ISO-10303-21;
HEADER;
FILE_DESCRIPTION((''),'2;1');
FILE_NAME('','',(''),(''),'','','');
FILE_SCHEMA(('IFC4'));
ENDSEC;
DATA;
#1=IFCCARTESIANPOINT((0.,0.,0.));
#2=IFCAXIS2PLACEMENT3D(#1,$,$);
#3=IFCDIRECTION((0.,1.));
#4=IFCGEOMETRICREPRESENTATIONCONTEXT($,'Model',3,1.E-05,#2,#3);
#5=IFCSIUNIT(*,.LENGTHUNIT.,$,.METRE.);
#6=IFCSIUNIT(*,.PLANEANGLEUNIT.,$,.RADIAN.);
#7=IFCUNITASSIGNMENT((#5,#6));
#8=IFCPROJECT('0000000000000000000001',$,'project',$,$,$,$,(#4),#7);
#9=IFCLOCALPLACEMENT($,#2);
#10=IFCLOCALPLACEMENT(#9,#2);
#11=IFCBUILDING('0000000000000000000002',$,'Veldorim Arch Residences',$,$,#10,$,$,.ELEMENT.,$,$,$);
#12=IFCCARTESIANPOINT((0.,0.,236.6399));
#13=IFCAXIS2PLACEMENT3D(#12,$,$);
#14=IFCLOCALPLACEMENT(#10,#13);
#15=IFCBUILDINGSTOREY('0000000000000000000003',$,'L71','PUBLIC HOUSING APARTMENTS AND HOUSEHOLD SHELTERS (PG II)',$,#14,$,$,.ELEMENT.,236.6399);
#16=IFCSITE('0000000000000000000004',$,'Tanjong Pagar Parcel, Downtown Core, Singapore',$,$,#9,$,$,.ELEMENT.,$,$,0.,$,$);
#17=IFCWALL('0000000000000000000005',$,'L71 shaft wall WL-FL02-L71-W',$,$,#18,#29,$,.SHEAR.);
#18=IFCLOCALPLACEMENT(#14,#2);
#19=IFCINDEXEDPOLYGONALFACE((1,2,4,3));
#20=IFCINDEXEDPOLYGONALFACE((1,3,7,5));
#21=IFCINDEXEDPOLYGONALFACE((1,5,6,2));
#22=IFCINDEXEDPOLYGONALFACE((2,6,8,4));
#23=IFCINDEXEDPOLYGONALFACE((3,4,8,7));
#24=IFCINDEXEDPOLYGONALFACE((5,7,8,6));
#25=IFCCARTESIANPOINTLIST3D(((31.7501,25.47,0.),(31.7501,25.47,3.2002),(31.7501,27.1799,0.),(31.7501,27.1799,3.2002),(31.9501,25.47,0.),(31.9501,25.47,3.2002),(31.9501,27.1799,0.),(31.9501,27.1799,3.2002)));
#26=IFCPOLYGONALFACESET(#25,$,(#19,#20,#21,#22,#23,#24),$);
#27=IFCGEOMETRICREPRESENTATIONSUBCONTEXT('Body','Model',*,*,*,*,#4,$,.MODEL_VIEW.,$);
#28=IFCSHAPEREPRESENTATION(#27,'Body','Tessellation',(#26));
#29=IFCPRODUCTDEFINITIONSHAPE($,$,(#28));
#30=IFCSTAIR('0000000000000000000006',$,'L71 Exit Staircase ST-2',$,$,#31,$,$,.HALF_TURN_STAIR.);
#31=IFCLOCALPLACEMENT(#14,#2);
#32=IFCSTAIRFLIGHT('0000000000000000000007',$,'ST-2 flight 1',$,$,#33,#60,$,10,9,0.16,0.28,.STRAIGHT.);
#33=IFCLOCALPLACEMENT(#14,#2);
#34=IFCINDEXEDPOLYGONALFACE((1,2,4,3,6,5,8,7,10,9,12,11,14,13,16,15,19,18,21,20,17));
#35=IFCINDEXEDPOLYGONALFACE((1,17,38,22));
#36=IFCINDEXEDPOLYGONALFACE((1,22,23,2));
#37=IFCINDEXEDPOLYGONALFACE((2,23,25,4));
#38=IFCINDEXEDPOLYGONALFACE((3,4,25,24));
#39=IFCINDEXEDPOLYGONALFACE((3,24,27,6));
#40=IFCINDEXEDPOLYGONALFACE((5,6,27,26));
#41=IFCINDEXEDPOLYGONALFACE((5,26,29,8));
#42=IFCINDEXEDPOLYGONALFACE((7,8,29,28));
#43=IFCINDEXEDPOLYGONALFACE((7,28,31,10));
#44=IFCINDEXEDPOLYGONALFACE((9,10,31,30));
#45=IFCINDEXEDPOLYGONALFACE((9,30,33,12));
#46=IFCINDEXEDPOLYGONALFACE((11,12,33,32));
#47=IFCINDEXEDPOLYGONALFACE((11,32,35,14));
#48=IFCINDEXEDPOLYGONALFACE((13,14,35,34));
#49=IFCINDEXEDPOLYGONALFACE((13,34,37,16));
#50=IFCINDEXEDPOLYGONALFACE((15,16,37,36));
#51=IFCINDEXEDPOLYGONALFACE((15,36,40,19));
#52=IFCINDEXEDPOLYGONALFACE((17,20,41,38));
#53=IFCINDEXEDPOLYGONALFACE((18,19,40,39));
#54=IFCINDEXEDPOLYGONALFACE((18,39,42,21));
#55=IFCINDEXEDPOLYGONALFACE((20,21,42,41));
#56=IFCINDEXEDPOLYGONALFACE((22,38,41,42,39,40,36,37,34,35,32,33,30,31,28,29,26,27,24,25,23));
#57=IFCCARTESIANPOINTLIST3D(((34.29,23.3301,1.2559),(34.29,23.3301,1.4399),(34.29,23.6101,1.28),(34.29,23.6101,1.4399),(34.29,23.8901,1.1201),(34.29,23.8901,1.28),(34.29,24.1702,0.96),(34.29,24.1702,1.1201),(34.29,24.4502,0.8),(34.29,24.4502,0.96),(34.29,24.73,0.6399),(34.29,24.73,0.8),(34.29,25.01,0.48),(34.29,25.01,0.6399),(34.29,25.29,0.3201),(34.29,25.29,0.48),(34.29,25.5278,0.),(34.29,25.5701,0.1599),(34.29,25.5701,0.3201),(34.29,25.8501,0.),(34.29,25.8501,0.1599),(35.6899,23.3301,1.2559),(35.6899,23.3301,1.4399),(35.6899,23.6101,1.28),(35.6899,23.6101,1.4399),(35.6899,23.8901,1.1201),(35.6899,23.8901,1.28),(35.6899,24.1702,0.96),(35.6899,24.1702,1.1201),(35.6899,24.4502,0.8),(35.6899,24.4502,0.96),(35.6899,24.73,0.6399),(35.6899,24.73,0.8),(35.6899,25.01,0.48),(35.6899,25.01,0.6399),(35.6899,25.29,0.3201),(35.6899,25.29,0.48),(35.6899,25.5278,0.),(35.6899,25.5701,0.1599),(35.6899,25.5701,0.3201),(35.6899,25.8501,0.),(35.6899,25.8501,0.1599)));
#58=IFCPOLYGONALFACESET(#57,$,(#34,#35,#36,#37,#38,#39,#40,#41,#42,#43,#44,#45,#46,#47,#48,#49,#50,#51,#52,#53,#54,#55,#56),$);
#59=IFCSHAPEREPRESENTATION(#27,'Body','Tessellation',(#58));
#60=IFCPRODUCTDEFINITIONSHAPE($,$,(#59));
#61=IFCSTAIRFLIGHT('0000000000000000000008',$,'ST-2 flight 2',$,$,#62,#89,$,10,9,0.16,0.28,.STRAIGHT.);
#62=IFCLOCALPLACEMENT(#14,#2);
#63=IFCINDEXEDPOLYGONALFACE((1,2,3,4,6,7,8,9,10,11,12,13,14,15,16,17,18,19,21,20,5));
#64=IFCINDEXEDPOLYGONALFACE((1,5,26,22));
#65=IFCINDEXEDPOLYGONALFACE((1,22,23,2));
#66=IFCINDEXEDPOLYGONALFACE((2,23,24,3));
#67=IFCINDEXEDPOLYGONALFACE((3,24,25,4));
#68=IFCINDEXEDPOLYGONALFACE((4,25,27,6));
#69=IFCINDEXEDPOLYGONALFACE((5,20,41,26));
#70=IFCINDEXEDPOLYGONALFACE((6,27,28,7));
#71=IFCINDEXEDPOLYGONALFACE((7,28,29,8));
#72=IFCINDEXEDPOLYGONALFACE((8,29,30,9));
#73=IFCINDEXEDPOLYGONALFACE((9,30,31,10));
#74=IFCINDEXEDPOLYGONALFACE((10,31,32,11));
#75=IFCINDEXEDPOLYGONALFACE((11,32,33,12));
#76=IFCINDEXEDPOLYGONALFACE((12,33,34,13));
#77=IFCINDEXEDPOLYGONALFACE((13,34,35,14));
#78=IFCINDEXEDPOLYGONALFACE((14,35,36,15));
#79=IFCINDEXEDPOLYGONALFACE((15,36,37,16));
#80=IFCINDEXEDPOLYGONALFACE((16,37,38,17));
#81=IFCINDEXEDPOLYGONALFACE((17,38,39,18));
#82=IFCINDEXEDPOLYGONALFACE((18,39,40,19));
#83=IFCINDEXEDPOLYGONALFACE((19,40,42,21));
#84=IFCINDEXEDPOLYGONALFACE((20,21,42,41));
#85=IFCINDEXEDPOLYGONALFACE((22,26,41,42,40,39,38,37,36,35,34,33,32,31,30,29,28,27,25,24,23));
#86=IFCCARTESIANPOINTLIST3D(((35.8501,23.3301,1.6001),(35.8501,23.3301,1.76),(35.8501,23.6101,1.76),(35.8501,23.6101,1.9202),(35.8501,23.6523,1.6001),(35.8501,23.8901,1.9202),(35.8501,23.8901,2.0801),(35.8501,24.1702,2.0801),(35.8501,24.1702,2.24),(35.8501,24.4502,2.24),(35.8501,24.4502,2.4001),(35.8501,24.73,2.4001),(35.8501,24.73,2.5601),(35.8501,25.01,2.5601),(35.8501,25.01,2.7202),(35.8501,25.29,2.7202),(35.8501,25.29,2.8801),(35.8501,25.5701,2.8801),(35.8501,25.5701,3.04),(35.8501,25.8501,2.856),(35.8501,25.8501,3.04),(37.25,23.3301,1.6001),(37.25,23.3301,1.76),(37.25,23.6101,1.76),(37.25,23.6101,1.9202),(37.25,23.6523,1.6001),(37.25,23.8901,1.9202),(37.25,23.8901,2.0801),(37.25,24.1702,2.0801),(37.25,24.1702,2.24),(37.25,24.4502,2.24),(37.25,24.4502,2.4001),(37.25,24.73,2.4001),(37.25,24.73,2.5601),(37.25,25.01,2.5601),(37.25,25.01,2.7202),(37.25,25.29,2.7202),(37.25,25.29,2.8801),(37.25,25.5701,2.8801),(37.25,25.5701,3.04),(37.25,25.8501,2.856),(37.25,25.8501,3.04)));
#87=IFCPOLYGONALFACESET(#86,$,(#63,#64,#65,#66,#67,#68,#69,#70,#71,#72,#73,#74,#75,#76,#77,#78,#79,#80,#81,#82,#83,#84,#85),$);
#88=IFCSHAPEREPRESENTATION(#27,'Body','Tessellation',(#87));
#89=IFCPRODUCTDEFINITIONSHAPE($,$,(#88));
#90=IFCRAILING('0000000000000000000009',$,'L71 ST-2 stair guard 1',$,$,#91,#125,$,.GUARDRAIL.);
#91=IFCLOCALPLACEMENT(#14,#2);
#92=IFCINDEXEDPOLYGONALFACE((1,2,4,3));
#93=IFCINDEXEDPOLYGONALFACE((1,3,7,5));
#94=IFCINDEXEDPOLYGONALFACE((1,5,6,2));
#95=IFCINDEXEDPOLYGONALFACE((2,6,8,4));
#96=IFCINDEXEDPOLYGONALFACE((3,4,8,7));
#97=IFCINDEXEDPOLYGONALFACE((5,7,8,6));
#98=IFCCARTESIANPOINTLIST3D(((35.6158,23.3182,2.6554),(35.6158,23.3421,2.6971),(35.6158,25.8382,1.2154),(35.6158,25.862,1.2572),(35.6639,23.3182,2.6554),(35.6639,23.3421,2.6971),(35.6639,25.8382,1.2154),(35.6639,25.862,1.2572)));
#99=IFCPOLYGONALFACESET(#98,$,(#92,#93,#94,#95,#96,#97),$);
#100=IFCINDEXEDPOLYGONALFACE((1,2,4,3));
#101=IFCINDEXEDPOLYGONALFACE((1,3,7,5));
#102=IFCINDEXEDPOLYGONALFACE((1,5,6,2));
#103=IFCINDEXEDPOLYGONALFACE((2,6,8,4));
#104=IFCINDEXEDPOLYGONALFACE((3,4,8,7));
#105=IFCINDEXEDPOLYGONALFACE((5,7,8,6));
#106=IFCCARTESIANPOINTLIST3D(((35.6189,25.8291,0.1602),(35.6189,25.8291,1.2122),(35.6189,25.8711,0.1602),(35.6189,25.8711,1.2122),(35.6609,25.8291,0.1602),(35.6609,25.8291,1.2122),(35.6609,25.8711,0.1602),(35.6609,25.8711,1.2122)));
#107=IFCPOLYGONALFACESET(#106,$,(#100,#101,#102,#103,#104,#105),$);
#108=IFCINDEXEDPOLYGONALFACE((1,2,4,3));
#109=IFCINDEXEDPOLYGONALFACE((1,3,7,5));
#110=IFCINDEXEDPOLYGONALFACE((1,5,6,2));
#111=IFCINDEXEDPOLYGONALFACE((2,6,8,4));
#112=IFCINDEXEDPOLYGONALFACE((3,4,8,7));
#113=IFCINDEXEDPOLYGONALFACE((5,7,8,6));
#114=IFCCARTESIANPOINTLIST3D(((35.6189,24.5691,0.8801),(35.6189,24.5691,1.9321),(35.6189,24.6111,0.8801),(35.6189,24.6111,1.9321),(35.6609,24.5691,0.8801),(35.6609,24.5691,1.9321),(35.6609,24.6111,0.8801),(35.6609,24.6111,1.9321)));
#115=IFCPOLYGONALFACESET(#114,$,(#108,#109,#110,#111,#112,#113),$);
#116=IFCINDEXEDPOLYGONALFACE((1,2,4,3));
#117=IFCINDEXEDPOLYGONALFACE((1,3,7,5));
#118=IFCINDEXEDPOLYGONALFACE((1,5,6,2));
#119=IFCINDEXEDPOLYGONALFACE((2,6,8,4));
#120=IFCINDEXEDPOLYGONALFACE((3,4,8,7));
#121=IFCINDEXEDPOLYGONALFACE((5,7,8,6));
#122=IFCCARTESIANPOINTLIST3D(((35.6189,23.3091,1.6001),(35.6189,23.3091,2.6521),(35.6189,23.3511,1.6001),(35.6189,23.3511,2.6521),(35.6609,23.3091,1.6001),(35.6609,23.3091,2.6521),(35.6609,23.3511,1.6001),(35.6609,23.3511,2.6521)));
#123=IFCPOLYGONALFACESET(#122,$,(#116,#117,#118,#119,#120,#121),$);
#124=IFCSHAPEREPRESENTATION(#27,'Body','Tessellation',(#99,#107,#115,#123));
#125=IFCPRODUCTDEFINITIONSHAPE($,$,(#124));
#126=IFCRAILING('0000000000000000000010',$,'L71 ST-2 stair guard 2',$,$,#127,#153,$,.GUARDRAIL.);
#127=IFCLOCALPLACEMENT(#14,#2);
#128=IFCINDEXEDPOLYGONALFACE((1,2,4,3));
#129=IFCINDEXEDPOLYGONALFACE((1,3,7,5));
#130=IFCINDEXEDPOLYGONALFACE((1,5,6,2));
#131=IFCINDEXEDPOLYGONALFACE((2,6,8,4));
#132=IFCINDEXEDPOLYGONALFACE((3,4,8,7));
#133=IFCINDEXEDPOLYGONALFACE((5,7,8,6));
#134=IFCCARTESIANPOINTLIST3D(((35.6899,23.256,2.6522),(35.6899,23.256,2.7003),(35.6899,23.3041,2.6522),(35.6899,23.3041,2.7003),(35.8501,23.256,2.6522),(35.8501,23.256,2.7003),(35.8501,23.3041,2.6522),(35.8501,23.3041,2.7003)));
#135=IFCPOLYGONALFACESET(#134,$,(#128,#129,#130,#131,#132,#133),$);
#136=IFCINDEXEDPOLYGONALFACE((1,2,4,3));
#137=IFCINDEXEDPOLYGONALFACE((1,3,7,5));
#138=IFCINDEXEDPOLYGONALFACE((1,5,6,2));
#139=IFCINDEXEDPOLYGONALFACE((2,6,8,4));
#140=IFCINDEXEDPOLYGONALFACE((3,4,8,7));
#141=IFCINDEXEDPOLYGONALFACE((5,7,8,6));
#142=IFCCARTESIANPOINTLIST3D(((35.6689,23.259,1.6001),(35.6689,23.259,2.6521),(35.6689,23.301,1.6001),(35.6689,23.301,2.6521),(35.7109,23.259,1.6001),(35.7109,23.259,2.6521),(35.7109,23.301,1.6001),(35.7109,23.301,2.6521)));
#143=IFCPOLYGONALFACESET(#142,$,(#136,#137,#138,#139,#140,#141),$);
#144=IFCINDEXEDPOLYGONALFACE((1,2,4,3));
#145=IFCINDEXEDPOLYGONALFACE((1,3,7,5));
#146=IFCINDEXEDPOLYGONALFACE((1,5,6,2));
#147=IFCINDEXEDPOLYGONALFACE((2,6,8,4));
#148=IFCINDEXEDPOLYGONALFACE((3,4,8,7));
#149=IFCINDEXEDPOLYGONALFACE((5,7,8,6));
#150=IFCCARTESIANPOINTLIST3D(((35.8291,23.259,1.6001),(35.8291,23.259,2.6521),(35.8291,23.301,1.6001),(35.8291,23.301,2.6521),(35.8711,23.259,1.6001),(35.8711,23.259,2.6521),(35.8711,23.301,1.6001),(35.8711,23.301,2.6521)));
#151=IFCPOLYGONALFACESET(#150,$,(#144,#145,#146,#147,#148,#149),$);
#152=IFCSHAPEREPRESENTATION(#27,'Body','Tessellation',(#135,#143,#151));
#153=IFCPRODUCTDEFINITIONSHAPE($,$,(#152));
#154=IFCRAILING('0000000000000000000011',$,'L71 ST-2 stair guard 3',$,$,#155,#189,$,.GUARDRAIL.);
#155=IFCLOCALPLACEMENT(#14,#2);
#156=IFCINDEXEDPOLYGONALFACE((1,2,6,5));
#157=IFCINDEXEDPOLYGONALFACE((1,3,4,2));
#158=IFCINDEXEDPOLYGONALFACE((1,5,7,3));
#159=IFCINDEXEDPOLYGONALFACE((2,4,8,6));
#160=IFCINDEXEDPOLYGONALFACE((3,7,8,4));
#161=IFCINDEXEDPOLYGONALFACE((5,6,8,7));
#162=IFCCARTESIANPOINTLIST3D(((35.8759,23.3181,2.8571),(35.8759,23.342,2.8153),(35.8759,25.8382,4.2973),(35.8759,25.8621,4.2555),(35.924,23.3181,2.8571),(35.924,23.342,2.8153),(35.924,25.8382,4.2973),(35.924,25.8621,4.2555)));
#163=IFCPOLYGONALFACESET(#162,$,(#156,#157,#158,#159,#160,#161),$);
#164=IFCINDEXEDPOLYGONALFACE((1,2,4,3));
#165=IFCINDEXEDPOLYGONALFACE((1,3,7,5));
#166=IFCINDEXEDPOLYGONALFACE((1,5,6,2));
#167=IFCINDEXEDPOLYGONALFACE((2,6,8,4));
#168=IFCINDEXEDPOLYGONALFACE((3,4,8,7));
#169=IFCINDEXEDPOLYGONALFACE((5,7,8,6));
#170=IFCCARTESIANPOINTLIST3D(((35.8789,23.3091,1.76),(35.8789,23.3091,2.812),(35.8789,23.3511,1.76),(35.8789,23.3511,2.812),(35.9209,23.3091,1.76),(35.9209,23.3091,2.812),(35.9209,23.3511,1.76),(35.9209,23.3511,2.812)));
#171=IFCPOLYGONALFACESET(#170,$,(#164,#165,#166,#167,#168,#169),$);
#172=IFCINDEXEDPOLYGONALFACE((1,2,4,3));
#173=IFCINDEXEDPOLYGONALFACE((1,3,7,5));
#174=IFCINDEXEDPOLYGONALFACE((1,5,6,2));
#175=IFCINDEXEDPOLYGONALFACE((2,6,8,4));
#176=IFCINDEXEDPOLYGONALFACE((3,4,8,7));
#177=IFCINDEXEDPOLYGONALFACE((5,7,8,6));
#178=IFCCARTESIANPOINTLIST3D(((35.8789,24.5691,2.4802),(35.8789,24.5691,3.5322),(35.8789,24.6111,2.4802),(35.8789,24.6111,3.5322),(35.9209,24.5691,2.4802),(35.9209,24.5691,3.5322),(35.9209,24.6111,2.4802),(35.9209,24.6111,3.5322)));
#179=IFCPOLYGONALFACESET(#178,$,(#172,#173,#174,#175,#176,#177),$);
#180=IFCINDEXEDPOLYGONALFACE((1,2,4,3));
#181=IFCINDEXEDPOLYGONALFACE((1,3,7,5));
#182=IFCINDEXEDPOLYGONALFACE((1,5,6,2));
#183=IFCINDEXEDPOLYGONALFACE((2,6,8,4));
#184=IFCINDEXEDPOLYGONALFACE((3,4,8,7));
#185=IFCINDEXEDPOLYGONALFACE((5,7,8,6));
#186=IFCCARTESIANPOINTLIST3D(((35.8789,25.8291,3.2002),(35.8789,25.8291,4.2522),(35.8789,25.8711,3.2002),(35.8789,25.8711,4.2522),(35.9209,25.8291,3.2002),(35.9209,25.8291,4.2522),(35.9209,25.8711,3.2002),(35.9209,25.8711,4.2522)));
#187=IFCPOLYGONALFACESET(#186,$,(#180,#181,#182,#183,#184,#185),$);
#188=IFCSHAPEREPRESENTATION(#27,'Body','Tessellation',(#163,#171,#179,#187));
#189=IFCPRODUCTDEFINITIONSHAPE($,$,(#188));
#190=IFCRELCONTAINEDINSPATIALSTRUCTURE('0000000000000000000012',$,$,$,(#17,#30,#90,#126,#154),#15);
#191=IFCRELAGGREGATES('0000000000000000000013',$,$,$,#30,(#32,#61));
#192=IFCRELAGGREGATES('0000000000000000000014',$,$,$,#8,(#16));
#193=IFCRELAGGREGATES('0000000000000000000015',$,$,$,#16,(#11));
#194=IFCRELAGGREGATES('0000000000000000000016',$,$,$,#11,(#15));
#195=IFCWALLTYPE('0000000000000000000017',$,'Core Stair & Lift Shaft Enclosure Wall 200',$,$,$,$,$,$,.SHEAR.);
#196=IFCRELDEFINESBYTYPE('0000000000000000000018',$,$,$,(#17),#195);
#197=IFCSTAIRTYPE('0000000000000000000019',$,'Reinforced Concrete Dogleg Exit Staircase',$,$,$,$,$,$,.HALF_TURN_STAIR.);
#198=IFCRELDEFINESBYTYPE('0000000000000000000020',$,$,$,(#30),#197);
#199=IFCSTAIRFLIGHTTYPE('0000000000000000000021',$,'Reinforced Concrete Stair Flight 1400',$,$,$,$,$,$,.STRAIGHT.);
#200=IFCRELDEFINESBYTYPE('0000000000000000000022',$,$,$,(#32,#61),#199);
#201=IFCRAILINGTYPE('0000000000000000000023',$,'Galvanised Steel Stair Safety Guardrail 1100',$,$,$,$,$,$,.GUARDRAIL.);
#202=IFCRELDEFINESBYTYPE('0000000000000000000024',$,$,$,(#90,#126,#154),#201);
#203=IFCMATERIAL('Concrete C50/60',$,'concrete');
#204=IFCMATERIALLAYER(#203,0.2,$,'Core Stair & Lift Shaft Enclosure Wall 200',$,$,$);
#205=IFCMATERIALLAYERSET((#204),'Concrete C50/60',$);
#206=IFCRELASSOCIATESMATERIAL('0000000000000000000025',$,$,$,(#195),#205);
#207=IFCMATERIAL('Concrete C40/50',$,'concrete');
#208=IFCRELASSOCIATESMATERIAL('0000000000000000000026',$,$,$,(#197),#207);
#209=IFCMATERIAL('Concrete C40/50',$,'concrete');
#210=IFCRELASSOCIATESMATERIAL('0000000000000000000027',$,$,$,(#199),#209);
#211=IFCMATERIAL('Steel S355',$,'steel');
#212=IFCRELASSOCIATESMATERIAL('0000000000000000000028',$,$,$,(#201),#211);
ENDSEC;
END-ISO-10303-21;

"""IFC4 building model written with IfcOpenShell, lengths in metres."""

from ifc_helpers import new_model, si_unit, direction, frame, frame_2d, origin, origin_2d, place, context, subcontext, project, spatial, polyline, rectangle, outline, extrude, material, layer, layer_set, type_object, element, aggregate, save


model = new_model("IFC4")

# Units and contexts
model_context = context("Model", 3, precision=1e-05, world=origin(), true_north=direction((0.0, 1.0)))
body_context = subcontext(model_context, "Body", "Model", "MODEL_VIEW")
ifc_project = project(units=[si_unit("LENGTHUNIT", "METRE"), si_unit("PLANEANGLEUNIT", "RADIAN")], contexts=[model_context])

# Site, building, storey
site_placement = place(None, origin())
site = spatial("IfcSite", under=ifc_project, at=site_placement, Name="Tanjong Pagar Parcel, Downtown Core, Singapore", CompositionType="ELEMENT", RefElevation=0.0)
building_placement = place(site_placement, origin())
building = spatial("IfcBuilding", under=site, at=building_placement, Name="Veldorim Arch Residences", CompositionType="ELEMENT")
storey_placement = place(building_placement, frame((0.0, 0.0, 236.6399)))
storey = spatial("IfcBuildingStorey", under=building, at=storey_placement, Name="L71", Description="PUBLIC HOUSING APARTMENTS AND HOUSEHOLD SHELTERS (PG II)", CompositionType="ELEMENT", Elevation=236.6399)

# Wall
ifc_material_1 = material(Name="Concrete C50/60", Category="concrete")
ifc_layer_1 = layer(ifc_material_1, 0.2, Name="Core Stair & Lift Shaft Enclosure Wall 200")
ifc_layer_set_1 = layer_set([ifc_layer_1], Name="Concrete C50/60")
wall_type_1 = type_object("IfcWallType", Name="Core Stair & Lift Shaft Enclosure Wall 200", PredefinedType="SHEAR", material=ifc_layer_set_1)
wall_1_placement = place(storey_placement, frame((31.8501, 25.47, 0.0), z_axis=(0.0, 0.0, 1.0), x_axis=(0.0, 1.0, 0.0)))
element("IfcWall", 1, at=wall_1_placement, inside=storey, type_object=wall_type_1, Name="L71 shaft wall WL-FL02-L71-W", PredefinedType="SHEAR", context=body_context, shape_type="SweptSolid", body=[
    extrude(rectangle(XDim=1.71, YDim=0.2, at=frame_2d((0.855, 0.0))), origin(), (0.0, 0.0, 1.0), 3.2002),
])

# Stair, stair flights
ifc_material_2 = material(Name="Concrete C40/50", Category="concrete")
stair_type = type_object("IfcStairType", Name="Reinforced Concrete Dogleg Exit Staircase", PredefinedType="HALF_TURN_STAIR", material=ifc_material_2)
stair_placement = place(storey_placement, origin())
stair = element("IfcStair", 2, at=stair_placement, inside=storey, type_object=stair_type, Name="L71 Exit Staircase ST-2", PredefinedType="HALF_TURN_STAIR")
ifc_material_3 = material(Name="Concrete C40/50", Category="concrete")
stair_flight_type = type_object("IfcStairFlightType", Name="Reinforced Concrete Stair Flight 1400", PredefinedType="STRAIGHT", material=ifc_material_3)
stair_flight_1_placement = place(storey_placement, frame((34.99, 25.8501, 0.0), z_axis=(0.0, 0.0, 1.0), x_axis=(0.0, -1.0, 0.0)))
stair_flight_1 = element("IfcStairFlight", 3, at=stair_flight_1_placement, type_object=stair_flight_type, Name="ST-2 flight 1", NumberOfRisers=10, NumberOfTreads=9, PredefinedType="STRAIGHT", RiserHeight=0.16, TreadLength=0.28, context=body_context, shape_type="SweptSolid", body=[
    extrude(outline(polyline([(0.0, 0.0), (0.0, 0.1599), (0.28, 0.1599), (0.28, 0.3201), (0.5601, 0.3201), (0.5601, 0.48), (0.8401, 0.48), (0.8401, 0.6399), (1.1201, 0.6399), (1.1201, 0.8), (1.3999, 0.8), (1.3999, 0.96), (1.6799, 0.96), (1.6799, 1.1201), (1.96, 1.1201), (1.96, 1.28), (2.24, 1.28), (2.24, 1.4399), (2.52, 1.4399), (2.52, 1.6001), (2.52, 1.2559), (0.3223, 0.0), (0.0, 0.0)])), frame((0.0, 0.7, 0.0), z_axis=(0.0, -1.0, 0.0), x_axis=(1.0, 0.0, 0.0)), (0.0, 0.0, 1.0), 1.3999),
])
stair_flight_2_placement = place(storey_placement, frame((36.55, 23.3301, 1.6001), z_axis=(0.0, 0.0, 1.0), x_axis=(0.0, 1.0, 0.0)))
stair_flight_2 = element("IfcStairFlight", 4, at=stair_flight_2_placement, type_object=stair_flight_type, Name="ST-2 flight 2", NumberOfRisers=10, NumberOfTreads=9, PredefinedType="STRAIGHT", RiserHeight=0.16, TreadLength=0.28, context=body_context, shape_type="SweptSolid", body=[
    extrude(outline(polyline([(0.0, 0.0), (0.0, 0.1599), (0.28, 0.1599), (0.28, 0.3201), (0.5601, 0.3201), (0.5601, 0.48), (0.8401, 0.48), (0.8401, 0.6399), (1.1201, 0.6399), (1.1201, 0.8), (1.3999, 0.8), (1.3999, 0.96), (1.6799, 0.96), (1.6799, 1.1201), (1.96, 1.1201), (1.96, 1.28), (2.24, 1.28), (2.24, 1.4399), (2.52, 1.4399), (2.52, 1.6001), (2.52, 1.2559), (0.3223, 0.0), (0.0, 0.0)])), frame((0.0, 0.7, 0.0), z_axis=(0.0, -1.0, 0.0), x_axis=(1.0, 0.0, 0.0)), (0.0, 0.0, 1.0), 1.3999),
])
aggregate(stair, [stair_flight_1, stair_flight_2])

# Railings
ifc_material_4 = material(Name="Steel S355", Category="steel")
railing_type_1 = type_object("IfcRailingType", Name="Galvanised Steel Stair Safety Guardrail 1100", PredefinedType="GUARDRAIL", material=ifc_material_4)
railing_1_placement = place(storey_placement, frame((35.6399, 25.8501, 0.1602)))
element("IfcRailing", 5, at=railing_1_placement, inside=storey, type_object=railing_type_1, Name="L71 ST-2 stair guard 1", PredefinedType="GUARDRAIL", context=body_context, shape_type="SweptSolid", body=[
    extrude(rectangle(XDim=0.0481, YDim=0.0481, at=origin_2d()), frame((0.0, 0.0, 1.0762), z_axis=(0.0, -0.868253, 0.496121), x_axis=(1.0, 0.0, 0.0)), (0.0, 0.0, 1.0), 2.9023),
    extrude(rectangle(XDim=0.042, YDim=0.042, at=origin_2d()), origin(), (0.0, 0.0, 1.0), 1.052),
    extrude(rectangle(XDim=0.042, YDim=0.042, at=origin_2d()), frame((0.0, -1.26, 0.72)), (0.0, 0.0, 1.0), 1.052),
    extrude(rectangle(XDim=0.042, YDim=0.042, at=origin_2d()), frame((0.0, -2.52, 1.4399)), (0.0, 0.0, 1.0), 1.052),
])
railing_2_placement = place(storey_placement, frame((35.6899, 23.28, 1.6001)))
element("IfcRailing", 6, at=railing_2_placement, inside=storey, type_object=railing_type_1, Name="L71 ST-2 stair guard 2", PredefinedType="GUARDRAIL", context=body_context, shape_type="SweptSolid", body=[
    extrude(rectangle(XDim=0.0481, YDim=0.0481, at=origin_2d()), frame((0.0, 0.0, 1.0762), z_axis=(1.0, 0.0, 0.0), x_axis=(0.0, 1.0, 0.0)), (0.0, 0.0, 1.0), 0.1602),
    extrude(rectangle(XDim=0.042, YDim=0.042, at=origin_2d()), origin(), (0.0, 0.0, 1.0), 1.052),
    extrude(rectangle(XDim=0.042, YDim=0.042, at=origin_2d()), frame((0.1602, 0.0, 0.0)), (0.0, 0.0, 1.0), 1.052),
])
railing_3_placement = place(storey_placement, frame((35.8999, 23.3301, 1.76)))
element("IfcRailing", 7, at=railing_3_placement, inside=storey, type_object=railing_type_1, Name="L71 ST-2 stair guard 3", PredefinedType="GUARDRAIL", context=body_context, shape_type="SweptSolid", body=[
    extrude(rectangle(XDim=0.0481, YDim=0.0481, at=origin_2d()), frame((0.0, 0.0, 1.0762), z_axis=(0.0, 0.868217, 0.496184), x_axis=(-1.0, 0.0, 0.0)), (0.0, 0.0, 1.0), 2.9026),
    extrude(rectangle(XDim=0.042, YDim=0.042, at=origin_2d()), origin(), (0.0, 0.0, 1.0), 1.052),
    extrude(rectangle(XDim=0.042, YDim=0.042, at=origin_2d()), frame((0.0, 1.26, 0.7202)), (0.0, 0.0, 1.0), 1.052),
    extrude(rectangle(XDim=0.042, YDim=0.042, at=origin_2d()), frame((0.0, 2.52, 1.4402)), (0.0, 0.0, 1.0), 1.052),
])

save(model, "model.ifc")
